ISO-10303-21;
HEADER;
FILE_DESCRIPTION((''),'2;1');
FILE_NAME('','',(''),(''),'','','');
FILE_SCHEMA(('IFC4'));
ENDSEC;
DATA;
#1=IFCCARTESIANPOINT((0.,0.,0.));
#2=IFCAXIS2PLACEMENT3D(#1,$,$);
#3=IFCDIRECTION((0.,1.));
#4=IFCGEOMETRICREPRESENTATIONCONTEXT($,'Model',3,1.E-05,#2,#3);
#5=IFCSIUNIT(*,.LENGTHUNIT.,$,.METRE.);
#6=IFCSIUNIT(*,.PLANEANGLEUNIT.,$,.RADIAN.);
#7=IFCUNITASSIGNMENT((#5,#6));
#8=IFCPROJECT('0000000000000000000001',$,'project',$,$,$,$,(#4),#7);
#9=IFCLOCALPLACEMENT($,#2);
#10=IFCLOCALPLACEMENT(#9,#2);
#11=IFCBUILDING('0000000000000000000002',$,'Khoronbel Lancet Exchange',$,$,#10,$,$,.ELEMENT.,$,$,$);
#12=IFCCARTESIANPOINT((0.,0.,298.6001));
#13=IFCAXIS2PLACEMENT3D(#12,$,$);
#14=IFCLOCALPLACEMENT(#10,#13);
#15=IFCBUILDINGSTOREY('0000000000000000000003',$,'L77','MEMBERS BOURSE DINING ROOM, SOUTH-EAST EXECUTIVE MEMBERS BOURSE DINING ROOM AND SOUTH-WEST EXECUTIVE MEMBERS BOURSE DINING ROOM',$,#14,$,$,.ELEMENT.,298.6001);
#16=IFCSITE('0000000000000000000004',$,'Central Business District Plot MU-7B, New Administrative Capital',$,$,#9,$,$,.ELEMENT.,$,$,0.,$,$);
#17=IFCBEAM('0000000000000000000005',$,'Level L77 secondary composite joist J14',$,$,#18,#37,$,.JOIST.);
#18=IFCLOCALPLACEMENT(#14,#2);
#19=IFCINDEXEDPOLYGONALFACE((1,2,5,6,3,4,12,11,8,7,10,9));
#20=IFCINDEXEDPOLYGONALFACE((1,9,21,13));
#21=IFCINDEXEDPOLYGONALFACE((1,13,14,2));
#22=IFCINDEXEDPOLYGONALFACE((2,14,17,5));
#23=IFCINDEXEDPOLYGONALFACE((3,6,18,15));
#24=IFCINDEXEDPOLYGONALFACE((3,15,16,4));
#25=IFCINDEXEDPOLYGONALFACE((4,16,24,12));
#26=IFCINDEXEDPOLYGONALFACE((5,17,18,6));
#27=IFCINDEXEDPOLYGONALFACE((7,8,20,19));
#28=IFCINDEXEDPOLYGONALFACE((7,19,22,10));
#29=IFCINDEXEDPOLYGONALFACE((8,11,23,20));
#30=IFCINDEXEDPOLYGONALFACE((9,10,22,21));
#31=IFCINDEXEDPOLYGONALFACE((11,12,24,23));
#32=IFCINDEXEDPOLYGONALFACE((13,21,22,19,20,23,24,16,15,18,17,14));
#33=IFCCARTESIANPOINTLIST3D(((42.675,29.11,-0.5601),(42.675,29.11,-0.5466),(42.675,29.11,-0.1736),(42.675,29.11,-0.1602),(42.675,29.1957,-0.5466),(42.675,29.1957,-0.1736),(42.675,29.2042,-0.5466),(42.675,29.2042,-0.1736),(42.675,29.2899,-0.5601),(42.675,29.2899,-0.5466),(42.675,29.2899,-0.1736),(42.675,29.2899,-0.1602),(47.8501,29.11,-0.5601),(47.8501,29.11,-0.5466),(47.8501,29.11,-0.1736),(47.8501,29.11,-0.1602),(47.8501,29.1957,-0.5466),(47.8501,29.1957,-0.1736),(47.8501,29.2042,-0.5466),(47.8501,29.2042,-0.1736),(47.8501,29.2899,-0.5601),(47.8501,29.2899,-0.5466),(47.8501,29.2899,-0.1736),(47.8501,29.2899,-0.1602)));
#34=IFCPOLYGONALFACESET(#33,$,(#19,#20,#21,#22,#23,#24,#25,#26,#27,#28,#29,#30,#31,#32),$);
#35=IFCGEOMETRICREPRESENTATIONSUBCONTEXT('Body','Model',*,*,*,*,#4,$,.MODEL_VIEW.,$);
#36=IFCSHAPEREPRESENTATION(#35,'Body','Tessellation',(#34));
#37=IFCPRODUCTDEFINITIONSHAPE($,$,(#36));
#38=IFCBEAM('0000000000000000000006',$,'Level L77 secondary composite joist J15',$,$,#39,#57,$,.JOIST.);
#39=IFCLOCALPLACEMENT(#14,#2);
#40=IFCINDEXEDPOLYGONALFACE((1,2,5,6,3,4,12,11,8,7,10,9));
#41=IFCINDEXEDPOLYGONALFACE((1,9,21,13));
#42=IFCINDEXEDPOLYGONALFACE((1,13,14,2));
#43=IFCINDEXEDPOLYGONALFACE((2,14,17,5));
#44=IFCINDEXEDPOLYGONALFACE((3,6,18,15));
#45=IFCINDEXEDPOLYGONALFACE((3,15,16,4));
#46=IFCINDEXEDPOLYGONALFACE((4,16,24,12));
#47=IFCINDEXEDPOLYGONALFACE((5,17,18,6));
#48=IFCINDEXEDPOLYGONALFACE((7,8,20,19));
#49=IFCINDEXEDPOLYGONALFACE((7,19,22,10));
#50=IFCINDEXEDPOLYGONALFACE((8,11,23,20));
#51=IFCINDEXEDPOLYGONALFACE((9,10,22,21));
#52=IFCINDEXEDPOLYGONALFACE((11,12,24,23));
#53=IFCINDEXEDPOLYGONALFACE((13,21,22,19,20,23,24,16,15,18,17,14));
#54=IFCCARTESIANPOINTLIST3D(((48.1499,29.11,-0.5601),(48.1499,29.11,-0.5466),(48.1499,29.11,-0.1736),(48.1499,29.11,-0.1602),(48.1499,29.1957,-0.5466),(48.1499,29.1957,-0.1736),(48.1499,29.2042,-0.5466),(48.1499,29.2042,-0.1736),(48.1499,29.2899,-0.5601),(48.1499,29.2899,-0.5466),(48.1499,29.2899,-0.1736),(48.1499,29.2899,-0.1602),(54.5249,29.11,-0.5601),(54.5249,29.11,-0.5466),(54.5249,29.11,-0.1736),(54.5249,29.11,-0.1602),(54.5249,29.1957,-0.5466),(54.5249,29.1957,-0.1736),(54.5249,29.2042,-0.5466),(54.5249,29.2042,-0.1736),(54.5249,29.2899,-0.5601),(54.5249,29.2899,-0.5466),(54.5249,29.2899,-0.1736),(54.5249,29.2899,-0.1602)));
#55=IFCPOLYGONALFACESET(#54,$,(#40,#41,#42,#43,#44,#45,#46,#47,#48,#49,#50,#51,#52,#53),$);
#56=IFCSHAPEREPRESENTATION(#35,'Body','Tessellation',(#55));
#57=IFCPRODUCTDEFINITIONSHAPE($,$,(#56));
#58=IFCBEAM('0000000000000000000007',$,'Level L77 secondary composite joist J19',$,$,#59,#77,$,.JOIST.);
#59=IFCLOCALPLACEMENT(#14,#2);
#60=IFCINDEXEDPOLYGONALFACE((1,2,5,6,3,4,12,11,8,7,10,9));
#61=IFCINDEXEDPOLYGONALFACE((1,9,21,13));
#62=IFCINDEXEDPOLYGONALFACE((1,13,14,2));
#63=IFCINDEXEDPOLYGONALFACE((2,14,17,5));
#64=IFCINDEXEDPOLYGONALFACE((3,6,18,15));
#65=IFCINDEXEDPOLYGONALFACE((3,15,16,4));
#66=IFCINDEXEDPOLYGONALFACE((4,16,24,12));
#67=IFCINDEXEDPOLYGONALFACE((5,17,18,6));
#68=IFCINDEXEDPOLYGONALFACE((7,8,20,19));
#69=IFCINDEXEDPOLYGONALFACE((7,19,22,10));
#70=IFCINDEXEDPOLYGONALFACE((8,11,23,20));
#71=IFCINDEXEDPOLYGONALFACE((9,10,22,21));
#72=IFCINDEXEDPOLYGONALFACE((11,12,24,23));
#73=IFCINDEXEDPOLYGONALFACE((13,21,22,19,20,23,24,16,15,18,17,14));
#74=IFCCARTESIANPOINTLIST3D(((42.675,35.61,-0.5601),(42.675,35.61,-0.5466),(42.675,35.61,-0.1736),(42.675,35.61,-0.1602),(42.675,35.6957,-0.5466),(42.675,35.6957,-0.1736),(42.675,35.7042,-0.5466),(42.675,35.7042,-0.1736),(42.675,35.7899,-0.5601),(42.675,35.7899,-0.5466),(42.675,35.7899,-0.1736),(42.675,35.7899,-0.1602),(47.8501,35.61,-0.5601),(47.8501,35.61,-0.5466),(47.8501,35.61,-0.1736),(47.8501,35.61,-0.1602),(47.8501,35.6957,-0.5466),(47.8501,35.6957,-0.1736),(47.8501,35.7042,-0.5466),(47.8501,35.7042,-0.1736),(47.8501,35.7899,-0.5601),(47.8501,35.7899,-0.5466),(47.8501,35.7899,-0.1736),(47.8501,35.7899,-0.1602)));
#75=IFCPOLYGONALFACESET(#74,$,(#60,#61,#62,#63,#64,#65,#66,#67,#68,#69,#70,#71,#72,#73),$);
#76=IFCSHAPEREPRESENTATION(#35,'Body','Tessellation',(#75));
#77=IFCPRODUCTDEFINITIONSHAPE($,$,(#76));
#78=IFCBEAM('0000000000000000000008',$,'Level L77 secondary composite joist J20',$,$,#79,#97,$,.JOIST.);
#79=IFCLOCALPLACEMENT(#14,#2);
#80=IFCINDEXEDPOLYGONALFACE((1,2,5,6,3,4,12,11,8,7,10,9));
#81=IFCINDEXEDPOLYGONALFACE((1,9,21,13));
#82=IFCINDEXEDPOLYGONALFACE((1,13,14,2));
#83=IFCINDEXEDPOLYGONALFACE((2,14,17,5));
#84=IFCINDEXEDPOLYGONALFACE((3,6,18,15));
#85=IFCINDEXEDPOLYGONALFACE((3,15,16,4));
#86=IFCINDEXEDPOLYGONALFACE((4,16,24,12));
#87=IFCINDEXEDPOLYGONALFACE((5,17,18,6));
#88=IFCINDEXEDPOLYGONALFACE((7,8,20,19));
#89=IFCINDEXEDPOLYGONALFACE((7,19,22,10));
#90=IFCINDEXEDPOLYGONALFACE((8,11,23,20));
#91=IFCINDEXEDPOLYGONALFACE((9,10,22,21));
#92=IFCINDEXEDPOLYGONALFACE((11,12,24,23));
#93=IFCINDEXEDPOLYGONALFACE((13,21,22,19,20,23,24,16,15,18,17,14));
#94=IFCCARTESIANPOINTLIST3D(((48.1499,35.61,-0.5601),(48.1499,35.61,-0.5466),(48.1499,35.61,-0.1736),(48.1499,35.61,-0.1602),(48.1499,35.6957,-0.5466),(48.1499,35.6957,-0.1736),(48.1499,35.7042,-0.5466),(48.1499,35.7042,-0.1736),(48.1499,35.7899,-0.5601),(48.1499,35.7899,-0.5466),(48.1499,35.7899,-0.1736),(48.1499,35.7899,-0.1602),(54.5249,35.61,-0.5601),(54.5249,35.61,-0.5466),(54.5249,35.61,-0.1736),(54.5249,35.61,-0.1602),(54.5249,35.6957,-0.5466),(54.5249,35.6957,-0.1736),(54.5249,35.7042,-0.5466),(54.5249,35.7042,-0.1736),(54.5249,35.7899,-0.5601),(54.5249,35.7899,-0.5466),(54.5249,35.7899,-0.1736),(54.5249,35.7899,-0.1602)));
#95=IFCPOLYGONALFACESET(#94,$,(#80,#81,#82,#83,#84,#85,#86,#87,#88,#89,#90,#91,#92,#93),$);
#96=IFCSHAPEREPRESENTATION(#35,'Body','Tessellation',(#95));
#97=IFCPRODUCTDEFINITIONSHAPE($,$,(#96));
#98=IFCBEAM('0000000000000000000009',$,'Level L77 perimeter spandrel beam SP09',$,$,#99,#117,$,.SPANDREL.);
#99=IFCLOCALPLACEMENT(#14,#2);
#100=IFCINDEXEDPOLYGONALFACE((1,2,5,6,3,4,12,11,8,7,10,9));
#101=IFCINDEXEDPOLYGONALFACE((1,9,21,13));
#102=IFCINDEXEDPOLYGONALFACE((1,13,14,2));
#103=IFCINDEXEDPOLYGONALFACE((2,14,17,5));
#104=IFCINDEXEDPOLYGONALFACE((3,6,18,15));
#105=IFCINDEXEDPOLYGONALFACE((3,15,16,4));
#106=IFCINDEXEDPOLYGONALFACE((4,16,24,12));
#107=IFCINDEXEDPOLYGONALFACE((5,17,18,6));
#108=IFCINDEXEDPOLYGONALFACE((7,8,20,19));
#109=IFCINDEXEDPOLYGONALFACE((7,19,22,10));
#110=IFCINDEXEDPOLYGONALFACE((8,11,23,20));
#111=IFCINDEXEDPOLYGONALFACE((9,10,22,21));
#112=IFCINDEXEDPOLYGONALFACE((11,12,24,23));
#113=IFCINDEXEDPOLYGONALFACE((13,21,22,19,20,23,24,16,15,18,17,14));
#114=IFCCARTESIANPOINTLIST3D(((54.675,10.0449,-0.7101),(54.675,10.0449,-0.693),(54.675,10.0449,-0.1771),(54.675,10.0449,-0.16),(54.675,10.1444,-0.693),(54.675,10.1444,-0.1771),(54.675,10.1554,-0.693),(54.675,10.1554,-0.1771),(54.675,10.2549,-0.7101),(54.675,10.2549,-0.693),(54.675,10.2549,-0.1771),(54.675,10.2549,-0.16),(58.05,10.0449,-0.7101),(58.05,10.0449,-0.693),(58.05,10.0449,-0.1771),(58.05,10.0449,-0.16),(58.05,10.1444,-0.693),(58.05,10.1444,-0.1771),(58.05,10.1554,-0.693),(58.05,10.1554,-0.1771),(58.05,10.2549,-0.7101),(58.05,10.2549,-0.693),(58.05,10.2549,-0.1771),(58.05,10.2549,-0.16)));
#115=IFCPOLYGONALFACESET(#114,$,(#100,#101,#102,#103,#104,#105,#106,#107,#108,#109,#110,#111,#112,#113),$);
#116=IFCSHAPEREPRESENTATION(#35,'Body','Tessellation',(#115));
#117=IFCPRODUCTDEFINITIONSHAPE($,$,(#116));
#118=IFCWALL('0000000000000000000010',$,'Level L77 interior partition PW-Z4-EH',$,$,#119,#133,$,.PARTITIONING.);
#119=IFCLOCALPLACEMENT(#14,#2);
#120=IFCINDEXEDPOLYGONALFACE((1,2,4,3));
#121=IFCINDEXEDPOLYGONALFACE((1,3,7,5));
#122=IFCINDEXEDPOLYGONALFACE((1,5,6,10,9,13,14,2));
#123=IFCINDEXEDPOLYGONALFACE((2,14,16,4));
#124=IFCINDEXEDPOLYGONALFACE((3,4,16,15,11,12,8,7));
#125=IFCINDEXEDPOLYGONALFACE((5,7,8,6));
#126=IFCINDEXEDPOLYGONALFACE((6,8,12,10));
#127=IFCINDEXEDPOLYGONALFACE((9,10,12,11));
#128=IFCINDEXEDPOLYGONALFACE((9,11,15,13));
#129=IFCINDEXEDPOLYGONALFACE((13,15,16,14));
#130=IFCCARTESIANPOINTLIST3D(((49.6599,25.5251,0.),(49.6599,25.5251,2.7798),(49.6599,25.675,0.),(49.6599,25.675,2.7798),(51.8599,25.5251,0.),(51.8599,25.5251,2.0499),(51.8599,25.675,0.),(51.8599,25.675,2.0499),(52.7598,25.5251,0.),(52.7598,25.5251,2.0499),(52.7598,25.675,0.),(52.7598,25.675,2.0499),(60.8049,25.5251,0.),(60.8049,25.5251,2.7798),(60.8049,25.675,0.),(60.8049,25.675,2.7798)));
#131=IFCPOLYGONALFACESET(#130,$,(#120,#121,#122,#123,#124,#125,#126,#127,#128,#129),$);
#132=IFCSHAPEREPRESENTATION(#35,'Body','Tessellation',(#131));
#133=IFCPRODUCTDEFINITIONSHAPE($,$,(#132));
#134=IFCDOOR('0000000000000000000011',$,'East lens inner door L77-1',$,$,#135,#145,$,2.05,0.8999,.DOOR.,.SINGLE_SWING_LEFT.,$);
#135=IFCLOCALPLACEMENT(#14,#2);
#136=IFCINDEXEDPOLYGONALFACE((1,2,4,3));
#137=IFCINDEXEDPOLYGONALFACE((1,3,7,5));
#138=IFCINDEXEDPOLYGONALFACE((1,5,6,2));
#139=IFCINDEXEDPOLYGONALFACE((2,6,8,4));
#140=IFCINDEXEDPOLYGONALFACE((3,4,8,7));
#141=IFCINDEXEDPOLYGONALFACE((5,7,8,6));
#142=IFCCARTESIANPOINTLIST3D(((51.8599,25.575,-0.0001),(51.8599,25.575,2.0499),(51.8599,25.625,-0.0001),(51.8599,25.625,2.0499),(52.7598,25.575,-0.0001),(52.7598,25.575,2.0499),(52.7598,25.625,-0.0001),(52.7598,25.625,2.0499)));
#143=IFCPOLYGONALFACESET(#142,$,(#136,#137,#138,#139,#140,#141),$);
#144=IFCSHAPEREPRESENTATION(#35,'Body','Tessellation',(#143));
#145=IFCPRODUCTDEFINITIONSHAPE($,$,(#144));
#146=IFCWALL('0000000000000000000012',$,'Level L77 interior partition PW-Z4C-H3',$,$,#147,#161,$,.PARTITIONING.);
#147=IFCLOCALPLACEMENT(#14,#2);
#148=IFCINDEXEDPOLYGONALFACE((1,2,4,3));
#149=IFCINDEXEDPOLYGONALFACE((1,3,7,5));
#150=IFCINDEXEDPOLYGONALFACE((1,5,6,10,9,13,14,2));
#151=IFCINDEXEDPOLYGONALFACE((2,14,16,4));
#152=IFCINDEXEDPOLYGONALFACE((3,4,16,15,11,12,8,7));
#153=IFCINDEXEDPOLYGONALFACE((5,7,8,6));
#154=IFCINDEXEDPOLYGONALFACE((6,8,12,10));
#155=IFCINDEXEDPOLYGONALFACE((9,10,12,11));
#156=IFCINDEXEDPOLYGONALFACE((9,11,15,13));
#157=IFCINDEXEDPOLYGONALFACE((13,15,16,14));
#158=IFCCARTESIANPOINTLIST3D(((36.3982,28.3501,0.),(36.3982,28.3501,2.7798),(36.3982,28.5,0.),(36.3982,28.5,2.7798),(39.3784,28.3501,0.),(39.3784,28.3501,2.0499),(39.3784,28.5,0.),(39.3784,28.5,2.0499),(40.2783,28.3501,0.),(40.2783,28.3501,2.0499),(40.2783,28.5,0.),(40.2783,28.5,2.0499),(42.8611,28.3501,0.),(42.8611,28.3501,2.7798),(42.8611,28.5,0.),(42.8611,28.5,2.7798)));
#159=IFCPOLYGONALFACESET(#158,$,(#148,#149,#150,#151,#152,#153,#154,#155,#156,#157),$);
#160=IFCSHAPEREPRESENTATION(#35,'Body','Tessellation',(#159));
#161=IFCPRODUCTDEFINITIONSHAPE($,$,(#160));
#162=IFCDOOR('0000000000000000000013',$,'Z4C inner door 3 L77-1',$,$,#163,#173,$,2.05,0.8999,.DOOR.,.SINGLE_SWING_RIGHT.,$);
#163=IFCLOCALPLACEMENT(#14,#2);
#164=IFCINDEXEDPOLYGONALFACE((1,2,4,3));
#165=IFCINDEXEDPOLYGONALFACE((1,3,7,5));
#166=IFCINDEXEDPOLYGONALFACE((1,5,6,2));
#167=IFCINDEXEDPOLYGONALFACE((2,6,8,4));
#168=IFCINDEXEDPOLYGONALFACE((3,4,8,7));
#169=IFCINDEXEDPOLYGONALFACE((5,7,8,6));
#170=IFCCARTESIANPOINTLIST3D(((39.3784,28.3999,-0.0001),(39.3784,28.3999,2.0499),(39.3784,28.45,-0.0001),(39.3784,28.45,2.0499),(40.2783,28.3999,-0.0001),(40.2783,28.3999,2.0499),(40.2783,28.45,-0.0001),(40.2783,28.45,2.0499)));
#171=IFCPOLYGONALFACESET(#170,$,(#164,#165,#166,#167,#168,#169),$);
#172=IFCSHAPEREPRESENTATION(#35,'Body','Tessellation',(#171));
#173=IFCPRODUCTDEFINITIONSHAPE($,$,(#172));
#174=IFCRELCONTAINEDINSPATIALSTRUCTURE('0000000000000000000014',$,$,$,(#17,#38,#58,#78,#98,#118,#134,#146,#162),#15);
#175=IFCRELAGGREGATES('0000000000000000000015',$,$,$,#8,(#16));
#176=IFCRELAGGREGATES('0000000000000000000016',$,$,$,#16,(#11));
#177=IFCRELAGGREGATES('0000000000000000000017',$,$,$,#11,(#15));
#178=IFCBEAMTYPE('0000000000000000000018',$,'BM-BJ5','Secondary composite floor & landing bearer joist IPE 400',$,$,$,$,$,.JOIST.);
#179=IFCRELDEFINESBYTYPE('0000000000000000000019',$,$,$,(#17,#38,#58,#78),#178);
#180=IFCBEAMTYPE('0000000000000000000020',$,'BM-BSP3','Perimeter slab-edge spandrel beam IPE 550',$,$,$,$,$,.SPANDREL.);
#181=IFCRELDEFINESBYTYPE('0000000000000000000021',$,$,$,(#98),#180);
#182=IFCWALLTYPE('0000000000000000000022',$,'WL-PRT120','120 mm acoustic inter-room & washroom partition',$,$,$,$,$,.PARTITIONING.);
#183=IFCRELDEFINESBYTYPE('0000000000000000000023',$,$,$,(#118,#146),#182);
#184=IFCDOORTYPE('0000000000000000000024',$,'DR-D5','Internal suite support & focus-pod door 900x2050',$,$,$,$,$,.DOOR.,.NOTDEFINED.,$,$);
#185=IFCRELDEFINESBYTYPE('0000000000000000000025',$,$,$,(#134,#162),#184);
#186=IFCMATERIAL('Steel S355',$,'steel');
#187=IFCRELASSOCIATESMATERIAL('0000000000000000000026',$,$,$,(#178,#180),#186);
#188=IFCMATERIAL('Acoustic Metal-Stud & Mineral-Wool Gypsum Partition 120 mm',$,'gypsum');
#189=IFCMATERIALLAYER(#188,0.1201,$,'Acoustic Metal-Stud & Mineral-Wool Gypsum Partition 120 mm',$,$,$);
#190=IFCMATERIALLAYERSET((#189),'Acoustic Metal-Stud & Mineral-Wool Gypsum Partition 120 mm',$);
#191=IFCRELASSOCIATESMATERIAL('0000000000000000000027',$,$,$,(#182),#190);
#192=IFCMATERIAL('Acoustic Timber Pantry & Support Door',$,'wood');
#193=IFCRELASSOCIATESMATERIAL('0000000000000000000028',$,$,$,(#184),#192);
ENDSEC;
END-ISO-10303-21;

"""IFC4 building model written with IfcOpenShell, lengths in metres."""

from ifc_helpers import new_model, si_unit, direction, frame, frame_2d, origin, origin_2d, place, context, subcontext, project, spatial, rectangle, i_section, extrude, material, layer, layer_set, material_profile, profile_set, type_object, element, fill, save


model = new_model("IFC4")

# Units and contexts
model_context = context("Model", 3, precision=1e-05, world=origin(), true_north=direction((0.0, 1.0)))
body_context = subcontext(model_context, "Body", "Model", "MODEL_VIEW")
ifc_project = project(units=[si_unit("LENGTHUNIT", "METRE"), si_unit("PLANEANGLEUNIT", "RADIAN")], contexts=[model_context])

# Site, building, storey
site_placement = place(None, origin())
site = spatial("IfcSite", under=ifc_project, at=site_placement, Name="Central Business District Plot MU-7B, New Administrative Capital", CompositionType="ELEMENT", RefElevation=0.0)
building_placement = place(site_placement, origin())
building = spatial("IfcBuilding", under=site, at=building_placement, Name="Khoronbel Lancet Exchange", CompositionType="ELEMENT")
storey_placement = place(building_placement, frame((0.0, 0.0, 298.6001)))
storey = spatial("IfcBuildingStorey", under=building, at=storey_placement, Name="L77", Description="MEMBERS BOURSE DINING ROOM, SOUTH-EAST EXECUTIVE MEMBERS BOURSE DINING ROOM AND SOUTH-WEST EXECUTIVE MEMBERS BOURSE DINING ROOM", CompositionType="ELEMENT", Elevation=298.6001)

# Shared definitions
ifc_material_1 = material(Name="Steel S355", Category="steel")

# Beams
ifc_material_profile_1 = material_profile(ifc_material_1, i_section(OverallWidth=0.1799, OverallDepth=0.3999, WebThickness=0.0085, FlangeThickness=0.0134, at=origin_2d()), Name="IPE 400")
ifc_profile_set_1 = profile_set([ifc_material_profile_1], Name="Steel S355")
beam_type_1 = type_object("IfcBeamType", Name="BM-BJ5", Description="Secondary composite floor & landing bearer joist IPE 400", PredefinedType="JOIST", material=ifc_profile_set_1)
beam_1_placement = place(storey_placement, frame((42.675, 29.2, -0.3601), z_axis=(1.0, 0.0, 0.0), x_axis=(0.0, 1.0, 0.0)))
element("IfcBeam", 1, at=beam_1_placement, inside=storey, type_object=beam_type_1, Name="Level L77 secondary composite joist J14", PredefinedType="JOIST", context=body_context, shape_type="SweptSolid", body=[
    extrude(i_section(OverallWidth=0.1799, OverallDepth=0.3999, WebThickness=0.0085, FlangeThickness=0.0134, at=origin_2d()), origin(), (0.0, 0.0, 1.0), 5.175),
])
beam_2_placement = place(storey_placement, frame((48.1499, 29.2, -0.3601), z_axis=(1.0, 0.0, 0.0), x_axis=(0.0, 1.0, 0.0)))
element("IfcBeam", 2, at=beam_2_placement, inside=storey, type_object=beam_type_1, Name="Level L77 secondary composite joist J15", PredefinedType="JOIST", context=body_context, shape_type="SweptSolid", body=[
    extrude(i_section(OverallWidth=0.1799, OverallDepth=0.3999, WebThickness=0.0085, FlangeThickness=0.0134, at=origin_2d()), origin(), (0.0, 0.0, 1.0), 6.375),
])
beam_3_placement = place(storey_placement, frame((42.675, 35.7, -0.3601), z_axis=(1.0, 0.0, 0.0), x_axis=(0.0, 1.0, 0.0)))
element("IfcBeam", 3, at=beam_3_placement, inside=storey, type_object=beam_type_1, Name="Level L77 secondary composite joist J19", PredefinedType="JOIST", context=body_context, shape_type="SweptSolid", body=[
    extrude(i_section(OverallWidth=0.1799, OverallDepth=0.3999, WebThickness=0.0085, FlangeThickness=0.0134, at=origin_2d()), origin(), (0.0, 0.0, 1.0), 5.175),
])
beam_4_placement = place(storey_placement, frame((48.1499, 35.7, -0.3601), z_axis=(1.0, 0.0, 0.0), x_axis=(0.0, 1.0, 0.0)))
element("IfcBeam", 4, at=beam_4_placement, inside=storey, type_object=beam_type_1, Name="Level L77 secondary composite joist J20", PredefinedType="JOIST", context=body_context, shape_type="SweptSolid", body=[
    extrude(i_section(OverallWidth=0.1799, OverallDepth=0.3999, WebThickness=0.0085, FlangeThickness=0.0134, at=origin_2d()), origin(), (0.0, 0.0, 1.0), 6.375),
])
ifc_material_profile_2 = material_profile(ifc_material_1, i_section(OverallWidth=0.21, OverallDepth=0.55, WebThickness=0.011, FlangeThickness=0.0171, at=origin_2d()), Name="IPE 550")
ifc_profile_set_2 = profile_set([ifc_material_profile_2], Name="Steel S355")
beam_type_2 = type_object("IfcBeamType", Name="BM-BSP3", Description="Perimeter slab-edge spandrel beam IPE 550", PredefinedType="SPANDREL", material=ifc_profile_set_2)
beam_5_placement = place(storey_placement, frame((54.675, 10.1499, -0.4351), z_axis=(1.0, 0.0, 0.0), x_axis=(0.0, 1.0, 0.0)))
element("IfcBeam", 5, at=beam_5_placement, inside=storey, type_object=beam_type_2, Name="Level L77 perimeter spandrel beam SP09", PredefinedType="SPANDREL", context=body_context, shape_type="SweptSolid", body=[
    extrude(i_section(OverallWidth=0.21, OverallDepth=0.55, WebThickness=0.011, FlangeThickness=0.0171, at=origin_2d()), origin(), (0.0, 0.0, 1.0), 3.375),
])

# Walls, openings, doors
ifc_material_2 = material(Name="Acoustic Metal-Stud & Mineral-Wool Gypsum Partition 120 mm", Category="gypsum")
ifc_layer_1 = layer(ifc_material_2, 0.1201, Name="Acoustic Metal-Stud & Mineral-Wool Gypsum Partition 120 mm")
ifc_layer_set_1 = layer_set([ifc_layer_1], Name="Acoustic Metal-Stud & Mineral-Wool Gypsum Partition 120 mm")
wall_type_1 = type_object("IfcWallType", Name="WL-PRT120", Description="120 mm acoustic inter-room & washroom partition", PredefinedType="PARTITIONING", material=ifc_layer_set_1)
wall_1_placement = place(storey_placement, frame((49.6599, 25.6001, 0.0), z_axis=(0.0, 0.0, 1.0), x_axis=(1.0, 0.0, 0.0)))
wall_1 = element("IfcWall", 6, at=wall_1_placement, inside=storey, type_object=wall_type_1, Name="Level L77 interior partition PW-Z4-EH", PredefinedType="PARTITIONING", context=body_context, shape_type="SweptSolid", body=[
    extrude(rectangle(XDim=11.145, YDim=0.1499, at=frame_2d((5.5725, 0.0))), origin(), (0.0, 0.0, 1.0), 2.7798),
])
opening_1_placement = place(wall_1_placement, frame((2.2, 0.0, 0.0)))
opening_1 = element("IfcOpeningElement", 7, at=opening_1_placement, cuts=wall_1, PredefinedType="OPENING", context=body_context, shape_type="SweptSolid", body=[
    extrude(rectangle(XDim=0.8999, YDim=2.05, at=frame_2d((0.45, 1.0249))), frame((0.0, 0.085, 0.0), z_axis=(0.0, -1.0, 0.0), x_axis=(1.0, 0.0, 0.0)), (0.0, 0.0, 1.0), 0.1699),
])
ifc_material_3 = material(Name="Acoustic Timber Pantry & Support Door", Category="wood")
door_type_1 = type_object("IfcDoorType", Name="DR-D5", Description="Internal suite support & focus-pod door 900x2050", OperationType="NOTDEFINED", PredefinedType="DOOR", material=ifc_material_3)
door_1_placement = place(opening_1_placement, origin())
door_1 = element("IfcDoor", 8, at=door_1_placement, inside=storey, type_object=door_type_1, Name="East lens inner door L77-1", OperationType="SINGLE_SWING_LEFT", OverallHeight=2.05, OverallWidth=0.8999, PredefinedType="DOOR", context=body_context, shape_type="SweptSolid", body=[
    extrude(rectangle(XDim=0.8999, YDim=2.05, at=frame_2d((0.45, 1.0249))), frame((0.0, 0.0249, 0.0), z_axis=(0.0, -1.0, 0.0), x_axis=(1.0, 0.0, 0.0)), (0.0, 0.0, 1.0), 0.05),
])
fill(opening_1, door_1)
wall_2_placement = place(storey_placement, frame((36.3982, 28.425, 0.0), z_axis=(0.0, 0.0, 1.0), x_axis=(1.0, 0.0, 0.0)))
wall_2 = element("IfcWall", 9, at=wall_2_placement, inside=storey, type_object=wall_type_1, Name="Level L77 interior partition PW-Z4C-H3", PredefinedType="PARTITIONING", context=body_context, shape_type="SweptSolid", body=[
    extrude(rectangle(XDim=6.4629, YDim=0.1499, at=frame_2d((3.2314, 0.0))), origin(), (0.0, 0.0, 1.0), 2.7798),
])
opening_2_placement = place(wall_2_placement, frame((2.9802, 0.0, 0.0)))
opening_2 = element("IfcOpeningElement", 10, at=opening_2_placement, cuts=wall_2, PredefinedType="OPENING", context=body_context, shape_type="SweptSolid", body=[
    extrude(rectangle(XDim=0.8999, YDim=2.05, at=frame_2d((0.45, 1.0249))), frame((0.0, 0.085, 0.0), z_axis=(0.0, -1.0, 0.0), x_axis=(1.0, 0.0, 0.0)), (0.0, 0.0, 1.0), 0.1699),
])
door_2_placement = place(opening_2_placement, origin())
door_2 = element("IfcDoor", 11, at=door_2_placement, inside=storey, type_object=door_type_1, Name="Z4C inner door 3 L77-1", OperationType="SINGLE_SWING_RIGHT", OverallHeight=2.05, OverallWidth=0.8999, PredefinedType="DOOR", context=body_context, shape_type="SweptSolid", body=[
    extrude(rectangle(XDim=0.8999, YDim=2.05, at=frame_2d((0.45, 1.0249))), frame((0.0, 0.0249, 0.0), z_axis=(0.0, -1.0, 0.0), x_axis=(1.0, 0.0, 0.0)), (0.0, 0.0, 1.0), 0.05),
])
fill(opening_2, door_2)

save(model, "model.ifc")
